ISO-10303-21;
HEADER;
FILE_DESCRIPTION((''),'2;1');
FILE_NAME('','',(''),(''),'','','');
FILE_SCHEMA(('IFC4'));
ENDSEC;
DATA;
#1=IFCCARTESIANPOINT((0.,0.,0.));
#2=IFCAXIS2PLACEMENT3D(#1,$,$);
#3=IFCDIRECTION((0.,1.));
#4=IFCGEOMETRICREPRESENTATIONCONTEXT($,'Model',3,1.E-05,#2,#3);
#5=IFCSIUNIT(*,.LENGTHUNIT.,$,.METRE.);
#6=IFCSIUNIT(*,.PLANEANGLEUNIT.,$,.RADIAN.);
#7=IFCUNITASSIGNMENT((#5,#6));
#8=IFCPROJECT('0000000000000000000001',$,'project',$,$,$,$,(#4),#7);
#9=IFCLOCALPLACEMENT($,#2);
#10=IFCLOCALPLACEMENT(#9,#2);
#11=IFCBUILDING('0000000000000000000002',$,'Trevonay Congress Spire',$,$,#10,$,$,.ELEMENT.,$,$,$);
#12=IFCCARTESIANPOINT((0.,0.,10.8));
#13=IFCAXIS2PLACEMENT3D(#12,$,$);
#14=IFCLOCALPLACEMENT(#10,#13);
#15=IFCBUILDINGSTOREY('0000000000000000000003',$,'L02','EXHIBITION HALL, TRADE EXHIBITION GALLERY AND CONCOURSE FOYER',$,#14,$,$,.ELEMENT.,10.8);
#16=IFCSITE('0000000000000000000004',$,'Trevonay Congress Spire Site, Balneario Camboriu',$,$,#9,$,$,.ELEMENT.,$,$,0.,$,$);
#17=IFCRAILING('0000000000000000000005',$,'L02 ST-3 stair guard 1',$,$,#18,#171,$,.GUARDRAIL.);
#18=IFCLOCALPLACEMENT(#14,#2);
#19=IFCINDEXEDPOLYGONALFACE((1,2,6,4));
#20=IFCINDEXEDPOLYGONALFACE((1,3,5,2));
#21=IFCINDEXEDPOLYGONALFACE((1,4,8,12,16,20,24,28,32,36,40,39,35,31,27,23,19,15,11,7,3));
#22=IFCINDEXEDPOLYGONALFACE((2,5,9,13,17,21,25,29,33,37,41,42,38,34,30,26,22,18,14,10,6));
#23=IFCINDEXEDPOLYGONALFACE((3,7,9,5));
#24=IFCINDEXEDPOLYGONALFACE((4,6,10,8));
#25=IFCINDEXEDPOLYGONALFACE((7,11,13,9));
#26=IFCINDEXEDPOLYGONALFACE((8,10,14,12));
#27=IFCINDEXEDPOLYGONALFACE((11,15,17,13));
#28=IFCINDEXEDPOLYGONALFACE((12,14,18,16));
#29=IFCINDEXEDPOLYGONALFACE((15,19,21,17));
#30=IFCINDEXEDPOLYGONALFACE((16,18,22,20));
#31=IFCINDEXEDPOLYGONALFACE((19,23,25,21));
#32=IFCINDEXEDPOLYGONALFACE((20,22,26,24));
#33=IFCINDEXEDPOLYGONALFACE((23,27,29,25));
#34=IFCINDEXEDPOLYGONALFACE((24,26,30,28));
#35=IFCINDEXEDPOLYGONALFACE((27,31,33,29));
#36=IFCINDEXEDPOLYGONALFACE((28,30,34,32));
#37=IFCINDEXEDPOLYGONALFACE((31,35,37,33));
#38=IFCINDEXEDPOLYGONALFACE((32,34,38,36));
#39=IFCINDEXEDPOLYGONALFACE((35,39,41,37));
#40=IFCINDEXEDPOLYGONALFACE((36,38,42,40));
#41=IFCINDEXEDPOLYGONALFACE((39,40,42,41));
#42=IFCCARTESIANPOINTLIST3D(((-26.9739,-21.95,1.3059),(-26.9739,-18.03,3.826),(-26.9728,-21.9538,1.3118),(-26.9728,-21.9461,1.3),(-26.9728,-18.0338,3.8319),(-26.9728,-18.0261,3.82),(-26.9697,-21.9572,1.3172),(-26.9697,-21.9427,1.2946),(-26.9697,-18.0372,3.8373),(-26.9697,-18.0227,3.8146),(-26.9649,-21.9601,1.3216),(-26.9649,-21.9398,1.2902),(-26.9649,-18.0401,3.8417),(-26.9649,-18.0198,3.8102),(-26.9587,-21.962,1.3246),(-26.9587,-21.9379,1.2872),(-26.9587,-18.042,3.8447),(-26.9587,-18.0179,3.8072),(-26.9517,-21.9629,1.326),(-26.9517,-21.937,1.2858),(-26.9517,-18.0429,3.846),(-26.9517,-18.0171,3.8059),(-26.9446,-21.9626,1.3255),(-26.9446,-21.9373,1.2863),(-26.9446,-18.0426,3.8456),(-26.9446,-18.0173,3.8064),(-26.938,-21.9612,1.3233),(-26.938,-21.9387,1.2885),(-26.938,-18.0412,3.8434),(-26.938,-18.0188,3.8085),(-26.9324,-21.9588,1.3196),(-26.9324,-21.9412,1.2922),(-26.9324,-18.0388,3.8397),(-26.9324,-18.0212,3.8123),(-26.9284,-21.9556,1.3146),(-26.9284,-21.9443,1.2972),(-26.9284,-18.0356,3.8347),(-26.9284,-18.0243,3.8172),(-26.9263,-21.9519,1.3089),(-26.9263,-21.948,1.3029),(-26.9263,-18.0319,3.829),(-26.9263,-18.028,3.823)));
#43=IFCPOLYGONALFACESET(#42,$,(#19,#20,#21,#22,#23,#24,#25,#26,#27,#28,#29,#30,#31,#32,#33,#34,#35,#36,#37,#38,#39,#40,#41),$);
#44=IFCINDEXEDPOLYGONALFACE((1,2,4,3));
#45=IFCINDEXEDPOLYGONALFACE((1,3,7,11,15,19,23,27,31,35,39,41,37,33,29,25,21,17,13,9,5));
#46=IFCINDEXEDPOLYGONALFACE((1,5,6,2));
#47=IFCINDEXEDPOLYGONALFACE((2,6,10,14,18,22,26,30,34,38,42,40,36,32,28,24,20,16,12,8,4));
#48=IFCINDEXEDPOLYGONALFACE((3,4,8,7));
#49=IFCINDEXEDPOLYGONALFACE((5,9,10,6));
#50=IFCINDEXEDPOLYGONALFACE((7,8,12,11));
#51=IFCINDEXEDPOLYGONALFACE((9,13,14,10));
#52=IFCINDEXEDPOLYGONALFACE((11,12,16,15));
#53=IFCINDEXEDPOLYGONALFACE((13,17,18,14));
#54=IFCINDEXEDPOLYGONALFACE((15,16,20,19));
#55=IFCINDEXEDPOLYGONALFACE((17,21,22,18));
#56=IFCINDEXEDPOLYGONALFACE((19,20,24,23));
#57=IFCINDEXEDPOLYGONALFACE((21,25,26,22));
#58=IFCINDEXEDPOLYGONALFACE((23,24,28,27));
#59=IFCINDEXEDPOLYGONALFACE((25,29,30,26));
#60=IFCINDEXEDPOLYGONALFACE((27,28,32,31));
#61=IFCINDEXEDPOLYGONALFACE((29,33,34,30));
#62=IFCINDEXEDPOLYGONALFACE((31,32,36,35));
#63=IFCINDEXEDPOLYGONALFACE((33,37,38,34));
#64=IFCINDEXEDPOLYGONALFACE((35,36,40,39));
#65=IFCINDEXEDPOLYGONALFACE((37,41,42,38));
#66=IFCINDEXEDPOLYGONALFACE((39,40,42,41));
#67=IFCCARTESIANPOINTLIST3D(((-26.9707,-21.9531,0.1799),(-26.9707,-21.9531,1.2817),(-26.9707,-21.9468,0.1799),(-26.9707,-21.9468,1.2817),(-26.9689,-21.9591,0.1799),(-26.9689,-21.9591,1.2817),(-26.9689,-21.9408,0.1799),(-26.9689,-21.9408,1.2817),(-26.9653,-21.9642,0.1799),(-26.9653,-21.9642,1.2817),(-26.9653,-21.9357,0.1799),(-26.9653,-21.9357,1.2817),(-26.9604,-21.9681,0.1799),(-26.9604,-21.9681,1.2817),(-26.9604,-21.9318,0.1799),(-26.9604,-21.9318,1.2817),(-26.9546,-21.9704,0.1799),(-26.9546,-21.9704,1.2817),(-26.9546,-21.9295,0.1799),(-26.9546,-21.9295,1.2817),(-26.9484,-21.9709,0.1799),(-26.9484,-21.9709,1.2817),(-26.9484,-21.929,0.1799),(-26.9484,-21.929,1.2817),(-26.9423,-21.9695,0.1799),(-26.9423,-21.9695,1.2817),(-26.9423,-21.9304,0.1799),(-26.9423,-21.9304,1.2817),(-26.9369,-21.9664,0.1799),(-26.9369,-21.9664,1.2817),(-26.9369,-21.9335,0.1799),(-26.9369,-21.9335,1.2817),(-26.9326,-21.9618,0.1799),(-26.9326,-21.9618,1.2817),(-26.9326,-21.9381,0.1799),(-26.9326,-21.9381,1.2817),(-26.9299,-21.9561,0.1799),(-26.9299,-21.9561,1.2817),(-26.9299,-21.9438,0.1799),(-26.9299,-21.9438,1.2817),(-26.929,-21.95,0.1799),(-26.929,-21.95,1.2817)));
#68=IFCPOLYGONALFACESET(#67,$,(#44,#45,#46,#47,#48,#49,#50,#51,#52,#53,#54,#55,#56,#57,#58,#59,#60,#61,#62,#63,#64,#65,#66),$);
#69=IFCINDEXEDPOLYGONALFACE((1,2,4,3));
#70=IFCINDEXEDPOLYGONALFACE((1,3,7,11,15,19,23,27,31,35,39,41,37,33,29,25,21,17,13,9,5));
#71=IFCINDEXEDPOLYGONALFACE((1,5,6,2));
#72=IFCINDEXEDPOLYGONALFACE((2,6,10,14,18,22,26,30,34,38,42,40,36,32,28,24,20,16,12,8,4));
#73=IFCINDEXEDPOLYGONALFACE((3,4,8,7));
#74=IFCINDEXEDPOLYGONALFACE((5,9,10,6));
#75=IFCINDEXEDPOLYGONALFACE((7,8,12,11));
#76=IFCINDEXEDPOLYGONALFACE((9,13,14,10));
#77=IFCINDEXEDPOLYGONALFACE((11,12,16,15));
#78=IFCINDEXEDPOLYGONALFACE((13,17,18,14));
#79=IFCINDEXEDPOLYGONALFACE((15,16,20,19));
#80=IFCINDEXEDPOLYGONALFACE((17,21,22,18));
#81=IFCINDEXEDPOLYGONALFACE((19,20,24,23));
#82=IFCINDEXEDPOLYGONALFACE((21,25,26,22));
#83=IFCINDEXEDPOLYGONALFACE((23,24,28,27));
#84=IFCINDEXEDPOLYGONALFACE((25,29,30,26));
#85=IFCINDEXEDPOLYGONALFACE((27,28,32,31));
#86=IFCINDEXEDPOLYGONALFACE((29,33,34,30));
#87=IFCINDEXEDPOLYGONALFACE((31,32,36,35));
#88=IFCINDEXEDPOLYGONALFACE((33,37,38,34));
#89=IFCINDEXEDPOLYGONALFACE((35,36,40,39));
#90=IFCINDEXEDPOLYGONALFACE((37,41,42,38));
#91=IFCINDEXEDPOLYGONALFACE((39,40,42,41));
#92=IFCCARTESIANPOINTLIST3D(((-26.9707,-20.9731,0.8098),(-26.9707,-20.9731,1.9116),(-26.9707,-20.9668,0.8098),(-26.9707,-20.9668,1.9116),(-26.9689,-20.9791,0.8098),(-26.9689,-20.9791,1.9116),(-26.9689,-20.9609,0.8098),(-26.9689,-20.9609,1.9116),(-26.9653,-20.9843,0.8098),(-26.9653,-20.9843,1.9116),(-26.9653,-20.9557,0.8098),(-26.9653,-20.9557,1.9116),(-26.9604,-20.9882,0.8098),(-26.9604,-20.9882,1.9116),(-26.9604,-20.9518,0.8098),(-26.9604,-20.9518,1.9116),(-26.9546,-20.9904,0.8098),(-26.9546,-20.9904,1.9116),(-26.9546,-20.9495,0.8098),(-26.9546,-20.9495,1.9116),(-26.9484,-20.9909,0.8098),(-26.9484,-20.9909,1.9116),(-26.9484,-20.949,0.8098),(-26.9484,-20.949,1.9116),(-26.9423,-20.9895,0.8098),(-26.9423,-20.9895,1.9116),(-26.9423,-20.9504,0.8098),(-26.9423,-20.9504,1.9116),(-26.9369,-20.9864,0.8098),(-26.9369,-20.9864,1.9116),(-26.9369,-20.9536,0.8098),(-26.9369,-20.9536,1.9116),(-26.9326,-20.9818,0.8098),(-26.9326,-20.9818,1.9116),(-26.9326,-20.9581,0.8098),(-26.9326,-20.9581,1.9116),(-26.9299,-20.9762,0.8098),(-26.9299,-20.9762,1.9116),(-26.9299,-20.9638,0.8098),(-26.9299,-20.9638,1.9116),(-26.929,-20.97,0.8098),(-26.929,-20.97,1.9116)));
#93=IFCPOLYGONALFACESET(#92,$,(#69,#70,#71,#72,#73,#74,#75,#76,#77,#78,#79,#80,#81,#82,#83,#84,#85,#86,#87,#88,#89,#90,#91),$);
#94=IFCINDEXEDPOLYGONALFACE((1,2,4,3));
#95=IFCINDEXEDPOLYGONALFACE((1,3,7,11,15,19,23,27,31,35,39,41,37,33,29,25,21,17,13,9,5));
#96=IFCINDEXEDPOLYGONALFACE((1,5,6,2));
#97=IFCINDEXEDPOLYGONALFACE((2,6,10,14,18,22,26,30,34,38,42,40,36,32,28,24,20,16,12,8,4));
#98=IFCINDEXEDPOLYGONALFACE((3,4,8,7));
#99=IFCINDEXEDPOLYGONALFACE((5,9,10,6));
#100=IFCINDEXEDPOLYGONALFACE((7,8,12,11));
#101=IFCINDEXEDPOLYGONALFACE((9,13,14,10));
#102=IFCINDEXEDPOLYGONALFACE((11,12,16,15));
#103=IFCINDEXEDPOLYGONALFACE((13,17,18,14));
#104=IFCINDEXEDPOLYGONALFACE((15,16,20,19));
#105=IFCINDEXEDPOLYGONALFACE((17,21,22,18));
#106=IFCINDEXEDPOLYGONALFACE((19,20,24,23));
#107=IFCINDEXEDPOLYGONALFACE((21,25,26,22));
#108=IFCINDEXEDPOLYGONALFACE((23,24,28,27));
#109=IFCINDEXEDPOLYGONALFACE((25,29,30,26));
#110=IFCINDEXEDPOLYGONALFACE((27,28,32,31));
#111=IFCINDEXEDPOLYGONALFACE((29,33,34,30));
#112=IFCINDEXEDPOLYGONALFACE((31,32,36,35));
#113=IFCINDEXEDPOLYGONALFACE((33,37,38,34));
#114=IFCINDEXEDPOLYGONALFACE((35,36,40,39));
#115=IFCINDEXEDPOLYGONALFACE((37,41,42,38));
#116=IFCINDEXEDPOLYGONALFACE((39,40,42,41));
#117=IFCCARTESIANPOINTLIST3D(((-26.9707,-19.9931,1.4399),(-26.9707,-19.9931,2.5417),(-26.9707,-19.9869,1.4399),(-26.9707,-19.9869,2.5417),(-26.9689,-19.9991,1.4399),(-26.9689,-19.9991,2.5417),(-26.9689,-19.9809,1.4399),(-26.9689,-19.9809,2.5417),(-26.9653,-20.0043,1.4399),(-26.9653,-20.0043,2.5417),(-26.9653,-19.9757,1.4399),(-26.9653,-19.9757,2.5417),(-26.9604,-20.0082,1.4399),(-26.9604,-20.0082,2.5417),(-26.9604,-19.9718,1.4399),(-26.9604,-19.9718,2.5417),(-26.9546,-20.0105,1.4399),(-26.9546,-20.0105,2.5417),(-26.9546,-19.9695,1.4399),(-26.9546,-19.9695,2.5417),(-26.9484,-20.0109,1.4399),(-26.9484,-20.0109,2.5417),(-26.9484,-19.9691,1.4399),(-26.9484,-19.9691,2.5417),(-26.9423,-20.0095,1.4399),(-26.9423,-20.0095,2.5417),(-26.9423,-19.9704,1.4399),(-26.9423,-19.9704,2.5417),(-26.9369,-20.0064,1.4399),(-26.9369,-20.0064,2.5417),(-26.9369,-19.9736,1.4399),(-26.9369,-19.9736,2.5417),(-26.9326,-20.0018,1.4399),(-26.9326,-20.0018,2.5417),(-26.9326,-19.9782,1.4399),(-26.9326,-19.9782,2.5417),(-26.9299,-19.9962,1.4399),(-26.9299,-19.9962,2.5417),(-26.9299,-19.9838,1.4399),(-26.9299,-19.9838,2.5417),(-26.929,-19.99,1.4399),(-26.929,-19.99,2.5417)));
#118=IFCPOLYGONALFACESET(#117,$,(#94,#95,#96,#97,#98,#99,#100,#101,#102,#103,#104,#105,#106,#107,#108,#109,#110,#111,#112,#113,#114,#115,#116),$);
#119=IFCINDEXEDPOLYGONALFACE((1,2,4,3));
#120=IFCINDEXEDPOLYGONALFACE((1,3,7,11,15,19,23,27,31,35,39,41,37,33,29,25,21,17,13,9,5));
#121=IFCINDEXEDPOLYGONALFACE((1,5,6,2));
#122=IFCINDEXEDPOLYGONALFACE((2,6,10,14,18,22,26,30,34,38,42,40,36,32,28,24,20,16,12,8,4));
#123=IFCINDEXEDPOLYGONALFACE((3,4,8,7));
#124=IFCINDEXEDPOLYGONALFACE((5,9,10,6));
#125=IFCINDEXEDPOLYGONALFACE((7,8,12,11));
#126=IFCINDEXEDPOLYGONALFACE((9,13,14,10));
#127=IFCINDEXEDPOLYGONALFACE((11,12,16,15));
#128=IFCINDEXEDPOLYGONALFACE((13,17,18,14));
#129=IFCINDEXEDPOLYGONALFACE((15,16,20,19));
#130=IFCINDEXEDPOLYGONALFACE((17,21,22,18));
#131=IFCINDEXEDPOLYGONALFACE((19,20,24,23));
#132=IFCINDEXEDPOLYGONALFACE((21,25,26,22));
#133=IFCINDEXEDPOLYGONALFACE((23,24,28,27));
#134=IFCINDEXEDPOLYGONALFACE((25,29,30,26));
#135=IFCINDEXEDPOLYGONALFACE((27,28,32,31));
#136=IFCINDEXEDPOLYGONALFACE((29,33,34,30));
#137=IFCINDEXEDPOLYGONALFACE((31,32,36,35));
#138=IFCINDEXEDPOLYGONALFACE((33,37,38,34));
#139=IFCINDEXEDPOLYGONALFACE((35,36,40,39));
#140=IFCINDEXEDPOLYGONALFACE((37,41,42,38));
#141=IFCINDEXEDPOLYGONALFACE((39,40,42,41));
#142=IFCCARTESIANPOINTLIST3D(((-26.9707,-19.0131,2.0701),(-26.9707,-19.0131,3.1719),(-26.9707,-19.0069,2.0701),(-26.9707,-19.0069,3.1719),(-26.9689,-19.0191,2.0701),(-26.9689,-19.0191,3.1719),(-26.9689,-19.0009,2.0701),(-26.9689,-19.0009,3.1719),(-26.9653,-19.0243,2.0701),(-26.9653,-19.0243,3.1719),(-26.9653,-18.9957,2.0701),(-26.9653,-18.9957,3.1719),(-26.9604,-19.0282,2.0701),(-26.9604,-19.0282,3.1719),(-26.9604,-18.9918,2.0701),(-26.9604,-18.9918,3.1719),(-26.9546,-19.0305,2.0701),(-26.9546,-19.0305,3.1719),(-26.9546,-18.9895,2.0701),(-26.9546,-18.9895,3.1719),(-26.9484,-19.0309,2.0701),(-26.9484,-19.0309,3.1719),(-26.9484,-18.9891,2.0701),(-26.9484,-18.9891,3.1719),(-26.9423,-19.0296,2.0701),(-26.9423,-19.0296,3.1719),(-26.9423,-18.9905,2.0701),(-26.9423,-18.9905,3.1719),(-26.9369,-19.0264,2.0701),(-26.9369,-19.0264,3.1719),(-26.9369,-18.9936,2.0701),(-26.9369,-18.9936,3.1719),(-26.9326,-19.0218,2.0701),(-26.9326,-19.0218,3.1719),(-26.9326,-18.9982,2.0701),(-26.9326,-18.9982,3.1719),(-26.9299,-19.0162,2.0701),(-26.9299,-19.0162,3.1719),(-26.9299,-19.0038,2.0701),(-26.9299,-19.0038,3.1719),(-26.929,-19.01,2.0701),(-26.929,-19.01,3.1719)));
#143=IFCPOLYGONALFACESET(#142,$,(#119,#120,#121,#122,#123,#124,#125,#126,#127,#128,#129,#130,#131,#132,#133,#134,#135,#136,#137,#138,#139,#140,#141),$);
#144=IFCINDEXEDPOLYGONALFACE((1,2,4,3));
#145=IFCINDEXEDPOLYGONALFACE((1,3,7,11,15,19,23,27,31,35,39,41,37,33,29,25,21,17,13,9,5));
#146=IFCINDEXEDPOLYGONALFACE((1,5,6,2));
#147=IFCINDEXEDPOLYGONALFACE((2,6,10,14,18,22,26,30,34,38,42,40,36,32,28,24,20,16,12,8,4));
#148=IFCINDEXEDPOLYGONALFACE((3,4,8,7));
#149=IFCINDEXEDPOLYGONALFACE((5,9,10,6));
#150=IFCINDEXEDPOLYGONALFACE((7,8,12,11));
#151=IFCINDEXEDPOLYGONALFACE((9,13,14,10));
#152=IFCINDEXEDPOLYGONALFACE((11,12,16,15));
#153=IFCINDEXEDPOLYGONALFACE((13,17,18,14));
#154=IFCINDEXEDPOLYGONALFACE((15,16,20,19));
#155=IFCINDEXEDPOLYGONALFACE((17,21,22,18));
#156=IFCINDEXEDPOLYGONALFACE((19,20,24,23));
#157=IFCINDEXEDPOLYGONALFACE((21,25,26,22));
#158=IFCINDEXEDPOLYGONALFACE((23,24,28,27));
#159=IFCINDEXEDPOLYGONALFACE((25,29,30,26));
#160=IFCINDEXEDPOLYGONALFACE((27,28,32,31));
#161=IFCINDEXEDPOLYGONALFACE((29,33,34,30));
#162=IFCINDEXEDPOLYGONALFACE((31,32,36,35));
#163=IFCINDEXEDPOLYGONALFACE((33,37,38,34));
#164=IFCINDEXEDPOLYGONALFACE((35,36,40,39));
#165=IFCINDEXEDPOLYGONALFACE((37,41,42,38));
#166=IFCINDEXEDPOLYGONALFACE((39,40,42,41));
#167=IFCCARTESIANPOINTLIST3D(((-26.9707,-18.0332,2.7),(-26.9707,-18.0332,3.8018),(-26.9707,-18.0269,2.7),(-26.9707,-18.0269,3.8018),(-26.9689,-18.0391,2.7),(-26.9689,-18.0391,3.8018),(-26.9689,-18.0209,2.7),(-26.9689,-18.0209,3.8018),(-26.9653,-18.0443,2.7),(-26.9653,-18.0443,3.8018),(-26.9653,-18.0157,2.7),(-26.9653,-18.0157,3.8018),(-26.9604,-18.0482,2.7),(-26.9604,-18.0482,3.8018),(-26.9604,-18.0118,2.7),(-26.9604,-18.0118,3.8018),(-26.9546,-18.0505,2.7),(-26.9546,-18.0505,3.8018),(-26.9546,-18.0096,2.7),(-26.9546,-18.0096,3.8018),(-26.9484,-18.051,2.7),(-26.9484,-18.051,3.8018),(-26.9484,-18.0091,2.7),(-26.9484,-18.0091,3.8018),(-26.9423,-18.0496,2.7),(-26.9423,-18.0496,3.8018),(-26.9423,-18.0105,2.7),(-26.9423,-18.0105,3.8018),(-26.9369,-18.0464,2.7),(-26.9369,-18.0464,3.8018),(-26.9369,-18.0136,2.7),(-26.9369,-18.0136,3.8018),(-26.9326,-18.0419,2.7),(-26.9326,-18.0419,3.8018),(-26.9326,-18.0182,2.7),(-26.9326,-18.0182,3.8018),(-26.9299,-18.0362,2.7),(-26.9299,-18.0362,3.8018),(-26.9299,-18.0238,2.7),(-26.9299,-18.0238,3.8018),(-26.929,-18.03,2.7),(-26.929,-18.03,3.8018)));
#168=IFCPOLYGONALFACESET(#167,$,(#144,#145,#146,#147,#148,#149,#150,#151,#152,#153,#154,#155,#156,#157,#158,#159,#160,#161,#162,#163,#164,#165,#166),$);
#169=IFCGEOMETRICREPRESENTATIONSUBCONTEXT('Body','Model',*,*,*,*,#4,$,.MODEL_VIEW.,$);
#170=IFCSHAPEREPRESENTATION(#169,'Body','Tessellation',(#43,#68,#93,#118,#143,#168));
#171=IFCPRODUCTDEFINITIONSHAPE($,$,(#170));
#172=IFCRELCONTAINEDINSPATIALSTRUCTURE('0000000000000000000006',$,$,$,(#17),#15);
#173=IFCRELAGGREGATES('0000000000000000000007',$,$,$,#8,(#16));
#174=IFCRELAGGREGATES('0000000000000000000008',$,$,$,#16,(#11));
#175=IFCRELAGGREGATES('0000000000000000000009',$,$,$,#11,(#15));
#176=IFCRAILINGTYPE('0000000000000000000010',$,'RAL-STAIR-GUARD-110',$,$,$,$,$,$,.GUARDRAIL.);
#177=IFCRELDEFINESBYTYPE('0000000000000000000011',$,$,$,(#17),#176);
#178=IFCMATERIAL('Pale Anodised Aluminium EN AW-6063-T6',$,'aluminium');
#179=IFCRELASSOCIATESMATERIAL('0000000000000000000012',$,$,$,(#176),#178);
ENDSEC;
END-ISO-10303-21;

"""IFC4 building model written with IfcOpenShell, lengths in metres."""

from ifc_helpers import new_model, si_unit, direction, frame, origin, origin_2d, place, context, subcontext, project, spatial, circle, extrude, material, type_object, element, save


model = new_model("IFC4")

# Units and contexts
model_context = context("Model", 3, precision=1e-05, world=origin(), true_north=direction((0.0, 1.0)))
body_context = subcontext(model_context, "Body", "Model", "MODEL_VIEW")
ifc_project = project(units=[si_unit("LENGTHUNIT", "METRE"), si_unit("PLANEANGLEUNIT", "RADIAN")], contexts=[model_context])

# Site, building, storey
site_placement = place(None, origin())
site = spatial("IfcSite", under=ifc_project, at=site_placement, Name="Trevonay Congress Spire Site, Balneario Camboriu", CompositionType="ELEMENT", RefElevation=0.0)
building_placement = place(site_placement, origin())
building = spatial("IfcBuilding", under=site, at=building_placement, Name="Trevonay Congress Spire", CompositionType="ELEMENT")
storey_placement = place(building_placement, frame((0.0, 0.0, 10.8)))
storey = spatial("IfcBuildingStorey", under=building, at=storey_placement, Name="L02", Description="EXHIBITION HALL, TRADE EXHIBITION GALLERY AND CONCOURSE FOYER", CompositionType="ELEMENT", Elevation=10.8)

# Shared definitions
ifc_material_1 = material(Name="Pale Anodised Aluminium EN AW-6063-T6", Category="aluminium")

# Railing
railing_type_1 = type_object("IfcRailingType", Name="RAL-STAIR-GUARD-110", PredefinedType="GUARDRAIL", material=ifc_material_1)
railing_1_placement = place(storey_placement, frame((-26.95, -21.95, 0.1799)))
element("IfcRailing", 1, at=railing_1_placement, inside=storey, type_object=railing_type_1, Name="L02 ST-3 stair guard 1", PredefinedType="GUARDRAIL", context=body_context, shape_type="SweptSolid", body=[
    extrude(circle(Radius=0.0239, at=origin_2d()), frame((0.0, 0.0, 1.126), z_axis=(0.0, 0.841172, 0.540768), x_axis=(-1.0, 0.0, 0.0)), (0.0, 0.0, 1.0), 4.6602),
    extrude(circle(Radius=0.021, at=origin_2d()), origin(), (0.0, 0.0, 1.0), 1.1018),
    extrude(circle(Radius=0.021, at=origin_2d()), frame((0.0, 0.98, 0.6299)), (0.0, 0.0, 1.0), 1.1018),
    extrude(circle(Radius=0.021, at=origin_2d()), frame((0.0, 1.96, 1.26)), (0.0, 0.0, 1.0), 1.1018),
    extrude(circle(Radius=0.021, at=origin_2d()), frame((0.0, 2.9399, 1.8901)), (0.0, 0.0, 1.0), 1.1018),
    extrude(circle(Radius=0.021, at=origin_2d()), frame((0.0, 3.9199, 2.52)), (0.0, 0.0, 1.0), 1.1018),
])

save(model, "model.ifc")
